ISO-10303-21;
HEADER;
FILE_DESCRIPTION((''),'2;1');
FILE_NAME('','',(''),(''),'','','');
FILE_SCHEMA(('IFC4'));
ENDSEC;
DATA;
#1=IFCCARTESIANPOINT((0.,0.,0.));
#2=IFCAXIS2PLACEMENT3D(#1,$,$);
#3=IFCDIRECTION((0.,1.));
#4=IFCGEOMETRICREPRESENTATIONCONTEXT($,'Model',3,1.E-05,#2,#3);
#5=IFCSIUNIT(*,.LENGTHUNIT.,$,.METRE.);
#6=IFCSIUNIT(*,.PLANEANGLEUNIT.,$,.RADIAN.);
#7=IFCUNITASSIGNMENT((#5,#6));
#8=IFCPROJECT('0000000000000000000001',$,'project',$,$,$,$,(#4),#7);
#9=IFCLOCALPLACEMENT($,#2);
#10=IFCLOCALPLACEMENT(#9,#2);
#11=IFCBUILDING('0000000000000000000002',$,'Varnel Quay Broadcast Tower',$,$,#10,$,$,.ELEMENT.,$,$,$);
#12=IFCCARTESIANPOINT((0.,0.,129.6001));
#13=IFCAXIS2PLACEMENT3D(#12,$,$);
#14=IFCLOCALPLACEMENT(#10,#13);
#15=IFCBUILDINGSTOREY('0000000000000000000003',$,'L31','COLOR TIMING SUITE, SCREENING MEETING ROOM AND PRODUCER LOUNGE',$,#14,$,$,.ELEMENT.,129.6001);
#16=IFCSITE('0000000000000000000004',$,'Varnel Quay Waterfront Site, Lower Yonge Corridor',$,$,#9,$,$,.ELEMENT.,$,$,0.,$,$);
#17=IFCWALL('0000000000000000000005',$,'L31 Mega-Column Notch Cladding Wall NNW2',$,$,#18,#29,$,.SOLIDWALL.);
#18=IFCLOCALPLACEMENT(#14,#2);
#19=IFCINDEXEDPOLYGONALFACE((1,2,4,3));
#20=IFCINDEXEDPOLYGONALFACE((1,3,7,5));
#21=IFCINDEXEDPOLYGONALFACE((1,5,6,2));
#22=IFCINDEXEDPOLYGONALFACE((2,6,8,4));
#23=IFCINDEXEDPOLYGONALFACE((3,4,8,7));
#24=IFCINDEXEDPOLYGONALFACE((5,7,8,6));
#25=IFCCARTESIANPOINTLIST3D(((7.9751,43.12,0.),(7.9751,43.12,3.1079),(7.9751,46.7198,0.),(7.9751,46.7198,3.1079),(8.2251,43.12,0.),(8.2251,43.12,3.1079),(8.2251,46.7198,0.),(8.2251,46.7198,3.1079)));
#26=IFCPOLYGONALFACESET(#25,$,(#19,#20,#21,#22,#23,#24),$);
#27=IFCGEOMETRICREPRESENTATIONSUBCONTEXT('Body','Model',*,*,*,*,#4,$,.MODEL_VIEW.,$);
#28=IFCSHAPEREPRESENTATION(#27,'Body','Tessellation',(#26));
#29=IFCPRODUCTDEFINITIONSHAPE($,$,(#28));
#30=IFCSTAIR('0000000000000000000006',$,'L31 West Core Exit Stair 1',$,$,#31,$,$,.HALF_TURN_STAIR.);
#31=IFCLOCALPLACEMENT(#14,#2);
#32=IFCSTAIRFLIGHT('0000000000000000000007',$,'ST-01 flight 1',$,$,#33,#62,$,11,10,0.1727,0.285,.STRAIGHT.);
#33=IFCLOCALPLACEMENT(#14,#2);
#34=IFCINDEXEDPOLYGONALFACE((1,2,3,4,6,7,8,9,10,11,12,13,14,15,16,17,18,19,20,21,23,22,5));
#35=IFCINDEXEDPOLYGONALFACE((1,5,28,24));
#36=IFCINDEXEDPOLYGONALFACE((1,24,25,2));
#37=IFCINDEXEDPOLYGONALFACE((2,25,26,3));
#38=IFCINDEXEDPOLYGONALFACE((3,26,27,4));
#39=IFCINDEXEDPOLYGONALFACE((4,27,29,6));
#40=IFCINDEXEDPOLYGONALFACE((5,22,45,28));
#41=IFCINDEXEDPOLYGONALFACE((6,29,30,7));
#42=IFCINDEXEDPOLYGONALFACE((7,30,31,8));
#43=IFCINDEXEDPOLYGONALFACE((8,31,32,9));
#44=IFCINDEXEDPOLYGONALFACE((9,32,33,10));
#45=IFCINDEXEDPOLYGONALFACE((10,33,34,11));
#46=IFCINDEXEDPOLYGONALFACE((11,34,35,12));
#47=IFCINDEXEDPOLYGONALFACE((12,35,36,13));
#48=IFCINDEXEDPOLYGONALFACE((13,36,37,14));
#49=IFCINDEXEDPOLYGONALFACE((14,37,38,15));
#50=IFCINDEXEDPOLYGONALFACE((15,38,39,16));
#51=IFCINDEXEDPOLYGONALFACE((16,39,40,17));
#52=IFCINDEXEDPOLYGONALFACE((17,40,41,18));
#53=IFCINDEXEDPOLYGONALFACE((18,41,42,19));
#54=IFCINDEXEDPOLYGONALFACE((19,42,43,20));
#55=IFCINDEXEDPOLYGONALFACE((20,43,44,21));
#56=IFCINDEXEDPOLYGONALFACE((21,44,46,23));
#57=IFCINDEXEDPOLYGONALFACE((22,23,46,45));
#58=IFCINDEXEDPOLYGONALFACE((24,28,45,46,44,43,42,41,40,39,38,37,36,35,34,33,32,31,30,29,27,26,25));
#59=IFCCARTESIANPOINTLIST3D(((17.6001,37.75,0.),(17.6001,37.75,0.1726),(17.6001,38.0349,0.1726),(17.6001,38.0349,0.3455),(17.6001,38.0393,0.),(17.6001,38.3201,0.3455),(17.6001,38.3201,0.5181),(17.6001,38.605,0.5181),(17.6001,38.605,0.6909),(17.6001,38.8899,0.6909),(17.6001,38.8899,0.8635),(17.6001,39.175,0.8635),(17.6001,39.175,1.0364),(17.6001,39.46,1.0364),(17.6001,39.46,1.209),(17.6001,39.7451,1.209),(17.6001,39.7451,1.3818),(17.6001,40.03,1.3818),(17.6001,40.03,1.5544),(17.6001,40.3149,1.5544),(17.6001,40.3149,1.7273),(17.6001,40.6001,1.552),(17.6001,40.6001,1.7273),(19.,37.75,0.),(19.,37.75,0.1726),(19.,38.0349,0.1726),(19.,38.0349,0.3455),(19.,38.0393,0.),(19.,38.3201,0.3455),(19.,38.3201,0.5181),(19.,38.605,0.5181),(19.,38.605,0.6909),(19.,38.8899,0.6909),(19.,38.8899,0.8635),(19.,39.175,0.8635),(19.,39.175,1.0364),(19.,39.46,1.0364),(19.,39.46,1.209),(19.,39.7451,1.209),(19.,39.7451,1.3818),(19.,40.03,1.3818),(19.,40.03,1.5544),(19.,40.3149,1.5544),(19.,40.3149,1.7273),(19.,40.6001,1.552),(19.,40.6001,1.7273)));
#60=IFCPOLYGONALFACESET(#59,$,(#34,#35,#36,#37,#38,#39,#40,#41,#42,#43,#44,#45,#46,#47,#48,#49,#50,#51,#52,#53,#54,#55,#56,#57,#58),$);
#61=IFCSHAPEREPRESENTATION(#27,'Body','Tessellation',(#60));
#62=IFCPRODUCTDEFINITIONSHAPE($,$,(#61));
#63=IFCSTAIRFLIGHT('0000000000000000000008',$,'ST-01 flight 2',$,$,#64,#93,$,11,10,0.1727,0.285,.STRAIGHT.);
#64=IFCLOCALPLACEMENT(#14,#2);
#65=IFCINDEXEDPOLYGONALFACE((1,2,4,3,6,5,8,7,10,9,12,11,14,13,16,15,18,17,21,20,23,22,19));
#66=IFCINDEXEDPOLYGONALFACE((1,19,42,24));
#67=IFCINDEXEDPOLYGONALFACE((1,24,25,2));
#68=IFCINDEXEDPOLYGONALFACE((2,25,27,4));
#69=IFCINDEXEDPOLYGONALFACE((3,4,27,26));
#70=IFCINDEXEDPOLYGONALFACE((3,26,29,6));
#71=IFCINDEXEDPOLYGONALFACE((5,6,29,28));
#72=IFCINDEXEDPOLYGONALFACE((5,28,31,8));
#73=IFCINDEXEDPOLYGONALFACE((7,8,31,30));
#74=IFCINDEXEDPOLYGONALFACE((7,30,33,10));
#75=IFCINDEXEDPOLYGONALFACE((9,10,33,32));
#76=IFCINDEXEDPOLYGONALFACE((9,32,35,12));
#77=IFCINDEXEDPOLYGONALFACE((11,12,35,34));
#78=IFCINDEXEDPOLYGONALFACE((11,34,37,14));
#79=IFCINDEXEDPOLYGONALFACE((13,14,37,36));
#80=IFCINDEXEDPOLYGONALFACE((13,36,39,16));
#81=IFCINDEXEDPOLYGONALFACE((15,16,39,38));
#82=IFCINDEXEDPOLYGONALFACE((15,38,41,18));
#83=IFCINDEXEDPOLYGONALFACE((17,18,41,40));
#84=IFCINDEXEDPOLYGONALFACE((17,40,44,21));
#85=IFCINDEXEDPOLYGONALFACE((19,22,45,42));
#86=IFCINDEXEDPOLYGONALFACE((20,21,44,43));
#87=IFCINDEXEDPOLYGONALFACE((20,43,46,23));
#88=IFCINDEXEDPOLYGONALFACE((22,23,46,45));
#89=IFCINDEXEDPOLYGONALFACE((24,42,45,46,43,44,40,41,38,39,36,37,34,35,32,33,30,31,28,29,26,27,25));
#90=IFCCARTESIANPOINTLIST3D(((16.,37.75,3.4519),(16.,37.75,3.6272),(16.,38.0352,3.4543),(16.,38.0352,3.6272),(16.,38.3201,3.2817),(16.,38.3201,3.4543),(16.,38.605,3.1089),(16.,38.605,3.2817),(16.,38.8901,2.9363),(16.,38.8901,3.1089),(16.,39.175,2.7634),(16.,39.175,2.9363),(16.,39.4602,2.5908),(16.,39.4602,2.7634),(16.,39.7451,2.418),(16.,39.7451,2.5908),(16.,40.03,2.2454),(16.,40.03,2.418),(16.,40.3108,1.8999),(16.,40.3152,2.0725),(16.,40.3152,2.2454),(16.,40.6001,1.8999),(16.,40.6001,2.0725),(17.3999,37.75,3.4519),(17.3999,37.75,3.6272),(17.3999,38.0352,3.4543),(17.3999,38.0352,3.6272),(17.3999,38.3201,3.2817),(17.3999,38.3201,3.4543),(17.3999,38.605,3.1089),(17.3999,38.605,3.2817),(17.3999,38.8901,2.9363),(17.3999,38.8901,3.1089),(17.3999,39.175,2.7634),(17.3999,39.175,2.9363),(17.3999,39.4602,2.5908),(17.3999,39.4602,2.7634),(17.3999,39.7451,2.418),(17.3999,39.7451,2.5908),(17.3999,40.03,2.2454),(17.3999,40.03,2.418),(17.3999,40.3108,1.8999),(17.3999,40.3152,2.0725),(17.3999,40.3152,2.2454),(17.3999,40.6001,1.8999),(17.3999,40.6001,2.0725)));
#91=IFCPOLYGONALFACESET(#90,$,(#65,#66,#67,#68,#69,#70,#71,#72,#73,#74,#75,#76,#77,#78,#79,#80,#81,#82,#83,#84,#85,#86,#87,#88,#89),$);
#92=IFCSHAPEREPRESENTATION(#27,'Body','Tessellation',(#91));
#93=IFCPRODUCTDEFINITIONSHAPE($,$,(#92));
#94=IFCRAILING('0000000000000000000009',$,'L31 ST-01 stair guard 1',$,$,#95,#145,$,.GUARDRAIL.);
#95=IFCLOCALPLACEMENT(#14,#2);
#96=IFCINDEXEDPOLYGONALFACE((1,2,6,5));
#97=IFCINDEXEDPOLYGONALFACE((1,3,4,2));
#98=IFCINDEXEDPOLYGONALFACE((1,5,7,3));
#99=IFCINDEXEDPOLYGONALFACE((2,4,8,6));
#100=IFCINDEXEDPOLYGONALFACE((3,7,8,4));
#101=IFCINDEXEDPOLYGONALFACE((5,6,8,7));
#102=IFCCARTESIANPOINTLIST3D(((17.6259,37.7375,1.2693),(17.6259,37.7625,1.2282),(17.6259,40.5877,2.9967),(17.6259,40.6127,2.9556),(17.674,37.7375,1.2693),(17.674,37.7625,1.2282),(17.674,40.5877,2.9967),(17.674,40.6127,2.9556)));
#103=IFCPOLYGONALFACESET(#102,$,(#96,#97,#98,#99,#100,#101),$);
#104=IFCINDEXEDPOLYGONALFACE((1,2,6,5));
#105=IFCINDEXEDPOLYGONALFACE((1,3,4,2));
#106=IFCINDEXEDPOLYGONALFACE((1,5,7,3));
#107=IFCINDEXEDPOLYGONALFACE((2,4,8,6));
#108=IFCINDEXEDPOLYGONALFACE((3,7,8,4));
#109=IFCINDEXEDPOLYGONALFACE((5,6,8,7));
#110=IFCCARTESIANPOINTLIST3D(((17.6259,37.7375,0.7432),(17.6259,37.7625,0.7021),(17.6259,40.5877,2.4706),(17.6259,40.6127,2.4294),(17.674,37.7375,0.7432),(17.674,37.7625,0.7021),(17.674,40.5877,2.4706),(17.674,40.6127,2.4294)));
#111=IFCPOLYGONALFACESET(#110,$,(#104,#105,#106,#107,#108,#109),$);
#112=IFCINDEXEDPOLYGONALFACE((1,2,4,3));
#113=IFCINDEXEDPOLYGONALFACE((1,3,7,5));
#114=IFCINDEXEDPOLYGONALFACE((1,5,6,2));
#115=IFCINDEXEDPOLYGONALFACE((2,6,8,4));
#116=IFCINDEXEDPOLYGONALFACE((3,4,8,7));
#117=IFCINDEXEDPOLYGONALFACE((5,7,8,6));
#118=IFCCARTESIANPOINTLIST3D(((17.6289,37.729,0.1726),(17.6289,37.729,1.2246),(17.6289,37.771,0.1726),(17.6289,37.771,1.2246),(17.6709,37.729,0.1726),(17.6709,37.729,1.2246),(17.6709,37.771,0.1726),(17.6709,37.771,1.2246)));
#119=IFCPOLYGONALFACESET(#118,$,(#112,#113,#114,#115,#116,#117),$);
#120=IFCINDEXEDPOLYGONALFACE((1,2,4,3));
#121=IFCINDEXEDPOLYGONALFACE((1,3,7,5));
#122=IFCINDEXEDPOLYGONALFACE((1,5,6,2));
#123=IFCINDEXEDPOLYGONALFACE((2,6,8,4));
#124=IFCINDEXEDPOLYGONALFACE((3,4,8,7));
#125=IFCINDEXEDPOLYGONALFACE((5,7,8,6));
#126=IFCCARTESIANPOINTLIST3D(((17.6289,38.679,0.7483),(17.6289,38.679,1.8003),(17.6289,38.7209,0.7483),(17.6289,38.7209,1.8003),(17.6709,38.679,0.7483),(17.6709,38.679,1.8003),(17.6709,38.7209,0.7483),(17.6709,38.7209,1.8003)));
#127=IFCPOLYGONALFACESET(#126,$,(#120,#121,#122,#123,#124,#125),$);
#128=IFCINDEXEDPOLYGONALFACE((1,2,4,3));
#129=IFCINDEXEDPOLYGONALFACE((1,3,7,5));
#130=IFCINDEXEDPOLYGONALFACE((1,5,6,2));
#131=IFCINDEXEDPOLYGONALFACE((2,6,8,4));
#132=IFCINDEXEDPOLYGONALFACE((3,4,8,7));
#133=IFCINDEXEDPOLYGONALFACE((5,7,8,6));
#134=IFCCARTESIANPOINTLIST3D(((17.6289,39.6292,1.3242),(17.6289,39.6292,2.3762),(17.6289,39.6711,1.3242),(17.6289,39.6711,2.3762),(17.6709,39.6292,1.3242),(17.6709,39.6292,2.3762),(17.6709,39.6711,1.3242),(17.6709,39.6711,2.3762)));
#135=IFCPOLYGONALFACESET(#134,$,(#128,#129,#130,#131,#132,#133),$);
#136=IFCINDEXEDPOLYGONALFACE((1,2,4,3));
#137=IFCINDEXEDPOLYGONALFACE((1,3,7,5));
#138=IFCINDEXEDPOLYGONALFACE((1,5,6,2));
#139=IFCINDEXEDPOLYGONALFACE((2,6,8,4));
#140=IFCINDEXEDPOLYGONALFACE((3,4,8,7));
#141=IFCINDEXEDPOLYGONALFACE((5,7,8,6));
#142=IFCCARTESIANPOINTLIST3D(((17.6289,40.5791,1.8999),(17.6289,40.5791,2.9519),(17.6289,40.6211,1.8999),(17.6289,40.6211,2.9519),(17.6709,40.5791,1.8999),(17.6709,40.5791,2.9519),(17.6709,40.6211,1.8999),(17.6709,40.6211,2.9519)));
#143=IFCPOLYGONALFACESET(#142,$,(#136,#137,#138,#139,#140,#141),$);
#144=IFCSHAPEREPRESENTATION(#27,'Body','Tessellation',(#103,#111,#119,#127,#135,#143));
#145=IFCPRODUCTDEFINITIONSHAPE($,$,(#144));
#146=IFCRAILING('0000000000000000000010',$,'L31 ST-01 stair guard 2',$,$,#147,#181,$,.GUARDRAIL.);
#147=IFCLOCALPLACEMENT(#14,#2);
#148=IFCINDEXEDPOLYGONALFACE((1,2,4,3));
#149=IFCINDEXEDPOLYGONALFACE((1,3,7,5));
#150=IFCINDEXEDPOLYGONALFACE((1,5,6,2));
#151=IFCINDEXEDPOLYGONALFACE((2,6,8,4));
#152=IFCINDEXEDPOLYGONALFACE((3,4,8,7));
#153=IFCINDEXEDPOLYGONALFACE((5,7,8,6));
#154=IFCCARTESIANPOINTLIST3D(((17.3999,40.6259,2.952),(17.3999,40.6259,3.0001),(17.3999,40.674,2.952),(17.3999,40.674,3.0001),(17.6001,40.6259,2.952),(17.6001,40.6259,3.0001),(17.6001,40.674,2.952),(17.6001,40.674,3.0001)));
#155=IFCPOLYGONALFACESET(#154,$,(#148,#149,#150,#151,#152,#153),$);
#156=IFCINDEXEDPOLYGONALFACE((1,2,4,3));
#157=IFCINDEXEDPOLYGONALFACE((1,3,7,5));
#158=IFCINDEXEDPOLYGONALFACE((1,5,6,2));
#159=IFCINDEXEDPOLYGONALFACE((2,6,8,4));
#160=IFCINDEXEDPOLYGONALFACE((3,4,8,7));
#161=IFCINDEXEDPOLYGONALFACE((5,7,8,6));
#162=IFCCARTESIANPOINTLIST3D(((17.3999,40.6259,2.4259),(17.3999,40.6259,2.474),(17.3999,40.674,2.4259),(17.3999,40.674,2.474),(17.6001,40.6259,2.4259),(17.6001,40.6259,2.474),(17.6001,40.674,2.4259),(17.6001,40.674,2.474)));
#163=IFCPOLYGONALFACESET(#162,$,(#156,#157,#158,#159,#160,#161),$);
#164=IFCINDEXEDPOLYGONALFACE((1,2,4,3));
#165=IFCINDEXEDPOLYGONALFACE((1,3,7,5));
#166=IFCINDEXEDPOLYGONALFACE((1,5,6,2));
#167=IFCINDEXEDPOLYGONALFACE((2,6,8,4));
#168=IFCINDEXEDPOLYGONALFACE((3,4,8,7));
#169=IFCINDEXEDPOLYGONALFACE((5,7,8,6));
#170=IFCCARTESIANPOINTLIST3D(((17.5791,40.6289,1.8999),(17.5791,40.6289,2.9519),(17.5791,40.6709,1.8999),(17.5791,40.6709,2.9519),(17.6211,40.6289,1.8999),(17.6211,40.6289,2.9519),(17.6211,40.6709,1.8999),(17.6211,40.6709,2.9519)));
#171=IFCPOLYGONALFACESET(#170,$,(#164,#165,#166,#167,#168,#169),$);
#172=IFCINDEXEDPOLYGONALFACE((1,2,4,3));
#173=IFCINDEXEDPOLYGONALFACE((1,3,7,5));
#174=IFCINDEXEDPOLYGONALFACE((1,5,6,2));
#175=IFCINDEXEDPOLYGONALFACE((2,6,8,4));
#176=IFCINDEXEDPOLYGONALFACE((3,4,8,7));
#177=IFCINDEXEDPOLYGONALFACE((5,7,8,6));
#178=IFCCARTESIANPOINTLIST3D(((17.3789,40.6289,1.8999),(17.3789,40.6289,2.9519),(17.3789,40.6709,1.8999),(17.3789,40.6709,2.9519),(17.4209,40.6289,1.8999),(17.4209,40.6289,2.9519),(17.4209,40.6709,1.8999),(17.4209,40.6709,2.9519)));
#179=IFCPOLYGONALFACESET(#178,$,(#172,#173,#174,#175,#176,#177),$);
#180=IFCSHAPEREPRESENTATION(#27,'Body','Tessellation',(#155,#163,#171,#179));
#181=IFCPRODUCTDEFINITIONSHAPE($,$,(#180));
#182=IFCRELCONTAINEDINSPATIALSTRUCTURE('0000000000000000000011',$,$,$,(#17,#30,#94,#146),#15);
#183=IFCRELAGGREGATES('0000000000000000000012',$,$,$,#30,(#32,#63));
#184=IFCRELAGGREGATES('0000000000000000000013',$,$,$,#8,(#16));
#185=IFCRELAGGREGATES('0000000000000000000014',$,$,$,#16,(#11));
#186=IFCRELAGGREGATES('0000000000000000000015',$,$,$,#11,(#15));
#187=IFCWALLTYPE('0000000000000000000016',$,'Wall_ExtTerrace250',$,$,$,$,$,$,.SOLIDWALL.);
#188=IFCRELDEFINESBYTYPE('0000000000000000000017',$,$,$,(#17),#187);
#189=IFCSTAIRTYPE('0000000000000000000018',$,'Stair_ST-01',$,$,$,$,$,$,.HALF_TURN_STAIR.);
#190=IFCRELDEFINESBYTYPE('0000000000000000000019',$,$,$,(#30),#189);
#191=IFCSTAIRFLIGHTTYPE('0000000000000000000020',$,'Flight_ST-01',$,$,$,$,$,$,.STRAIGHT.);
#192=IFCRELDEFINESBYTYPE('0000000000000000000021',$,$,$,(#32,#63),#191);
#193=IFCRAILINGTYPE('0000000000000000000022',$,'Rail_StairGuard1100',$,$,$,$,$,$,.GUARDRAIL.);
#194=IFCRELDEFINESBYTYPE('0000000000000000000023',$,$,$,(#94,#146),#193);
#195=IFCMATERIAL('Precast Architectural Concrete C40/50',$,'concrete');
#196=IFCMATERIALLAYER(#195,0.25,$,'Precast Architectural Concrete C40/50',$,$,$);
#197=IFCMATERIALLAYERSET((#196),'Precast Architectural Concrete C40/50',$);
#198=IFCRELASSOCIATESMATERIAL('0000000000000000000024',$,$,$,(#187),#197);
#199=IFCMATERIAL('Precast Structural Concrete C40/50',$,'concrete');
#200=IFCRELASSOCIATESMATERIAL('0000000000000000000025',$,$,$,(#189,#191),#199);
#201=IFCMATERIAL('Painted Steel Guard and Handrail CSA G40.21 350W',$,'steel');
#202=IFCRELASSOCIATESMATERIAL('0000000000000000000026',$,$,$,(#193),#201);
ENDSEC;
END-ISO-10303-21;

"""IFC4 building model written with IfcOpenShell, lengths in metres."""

from ifc_helpers import new_model, si_unit, direction, frame, frame_2d, origin, origin_2d, place, context, subcontext, project, spatial, polyline, rectangle, outline, extrude, material, layer, layer_set, type_object, element, aggregate, save


model = new_model("IFC4")

# Units and contexts
model_context = context("Model", 3, precision=1e-05, world=origin(), true_north=direction((0.0, 1.0)))
body_context = subcontext(model_context, "Body", "Model", "MODEL_VIEW")
ifc_project = project(units=[si_unit("LENGTHUNIT", "METRE"), si_unit("PLANEANGLEUNIT", "RADIAN")], contexts=[model_context])

# Site, building, storey
site_placement = place(None, origin())
site = spatial("IfcSite", under=ifc_project, at=site_placement, Name="Varnel Quay Waterfront Site, Lower Yonge Corridor", CompositionType="ELEMENT", RefElevation=0.0)
building_placement = place(site_placement, origin())
building = spatial("IfcBuilding", under=site, at=building_placement, Name="Varnel Quay Broadcast Tower", CompositionType="ELEMENT")
storey_placement = place(building_placement, frame((0.0, 0.0, 129.6001)))
storey = spatial("IfcBuildingStorey", under=building, at=storey_placement, Name="L31", Description="COLOR TIMING SUITE, SCREENING MEETING ROOM AND PRODUCER LOUNGE", CompositionType="ELEMENT", Elevation=129.6001)

# Wall
ifc_material_1 = material(Name="Precast Architectural Concrete C40/50", Category="concrete")
ifc_layer_1 = layer(ifc_material_1, 0.25, Name="Precast Architectural Concrete C40/50")
ifc_layer_set_1 = layer_set([ifc_layer_1], Name="Precast Architectural Concrete C40/50")
wall_type_1 = type_object("IfcWallType", Name="Wall_ExtTerrace250", PredefinedType="SOLIDWALL", material=ifc_layer_set_1)
wall_1_placement = place(storey_placement, frame((8.1001, 43.1201, 0.0), z_axis=(0.0, 0.0, 1.0), x_axis=(0.0, 1.0, 0.0)))
element("IfcWall", 1, at=wall_1_placement, inside=storey, type_object=wall_type_1, Name="L31 Mega-Column Notch Cladding Wall NNW2", PredefinedType="SOLIDWALL", context=body_context, shape_type="SweptSolid", body=[
    extrude(rectangle(XDim=3.5999, YDim=0.25, at=frame_2d((1.7998, 0.0))), origin(), (0.0, 0.0, 1.0), 3.1079),
])

# Stair, stair flights
ifc_material_2 = material(Name="Precast Structural Concrete C40/50", Category="concrete")
stair_type = type_object("IfcStairType", Name="Stair_ST-01", PredefinedType="HALF_TURN_STAIR", material=ifc_material_2)
stair_placement = place(storey_placement, origin())
stair = element("IfcStair", 2, at=stair_placement, inside=storey, type_object=stair_type, Name="L31 West Core Exit Stair 1", PredefinedType="HALF_TURN_STAIR")
stair_flight_type = type_object("IfcStairFlightType", Name="Flight_ST-01", PredefinedType="STRAIGHT", material=ifc_material_2)
stair_flight_1_placement = place(storey_placement, frame((18.3, 37.75, 0.0), z_axis=(0.0, 0.0, 1.0), x_axis=(0.0, 1.0, 0.0)))
stair_flight_1 = element("IfcStairFlight", 3, at=stair_flight_1_placement, type_object=stair_flight_type, Name="ST-01 flight 1", NumberOfRisers=11, NumberOfTreads=10, PredefinedType="STRAIGHT", RiserHeight=0.1727, TreadLength=0.285, context=body_context, shape_type="SweptSolid", body=[
    extrude(outline(polyline([(0.0, 0.0), (0.0, 0.1726), (0.2849, 0.1726), (0.2849, 0.3455), (0.5701, 0.3455), (0.5701, 0.5181), (0.855, 0.5181), (0.855, 0.6909), (1.1399, 0.6909), (1.1399, 0.8635), (1.425, 0.8635), (1.425, 1.0364), (1.71, 1.0364), (1.71, 1.209), (1.9951, 1.209), (1.9951, 1.3818), (2.28, 1.3818), (2.28, 1.5544), (2.5649, 1.5544), (2.5649, 1.7273), (2.8501, 1.7273), (2.8501, 1.8999), (2.8501, 1.552), (0.2893, 0.0), (0.0, 0.0)])), frame((0.0, 0.7, 0.0), z_axis=(0.0, -1.0, 0.0), x_axis=(1.0, 0.0, 0.0)), (0.0, 0.0, 1.0), 1.3999),
])
stair_flight_2_placement = place(storey_placement, frame((16.7, 40.6001, 1.8999), z_axis=(0.0, 0.0, 1.0), x_axis=(0.0, -1.0, 0.0)))
stair_flight_2 = element("IfcStairFlight", 4, at=stair_flight_2_placement, type_object=stair_flight_type, Name="ST-01 flight 2", NumberOfRisers=11, NumberOfTreads=10, PredefinedType="STRAIGHT", RiserHeight=0.1727, TreadLength=0.285, context=body_context, shape_type="SweptSolid", body=[
    extrude(outline(polyline([(0.0, 0.0), (0.0, 0.1726), (0.2849, 0.1726), (0.2849, 0.3455), (0.5701, 0.3455), (0.5701, 0.5181), (0.855, 0.5181), (0.855, 0.6909), (1.1399, 0.6909), (1.1399, 0.8635), (1.425, 0.8635), (1.425, 1.0364), (1.71, 1.0364), (1.71, 1.209), (1.9951, 1.209), (1.9951, 1.3818), (2.28, 1.3818), (2.28, 1.5544), (2.5649, 1.5544), (2.5649, 1.7273), (2.8501, 1.7273), (2.8501, 1.8999), (2.8501, 1.552), (0.2893, 0.0), (0.0, 0.0)])), frame((0.0, 0.7, 0.0), z_axis=(0.0, -1.0, 0.0), x_axis=(1.0, 0.0, 0.0)), (0.0, 0.0, 1.0), 1.3999),
])
aggregate(stair, [stair_flight_1, stair_flight_2])

# Railings
ifc_material_3 = material(Name="Painted Steel Guard and Handrail CSA G40.21 350W", Category="steel")
railing_type_1 = type_object("IfcRailingType", Name="Rail_StairGuard1100", PredefinedType="GUARDRAIL", material=ifc_material_3)
railing_1_placement = place(storey_placement, frame((17.6499, 37.75, 0.1726)))
element("IfcRailing", 5, at=railing_1_placement, inside=storey, type_object=railing_type_1, Name="L31 ST-01 stair guard 1", PredefinedType="GUARDRAIL", context=body_context, shape_type="SweptSolid", body=[
    extrude(rectangle(XDim=0.0481, YDim=0.0481, at=origin_2d()), frame((0.0, 0.0, 1.0762), z_axis=(0.0, 0.855203, 0.518294), x_axis=(-1.0, 0.0, 0.0)), (0.0, 0.0, 1.0), 3.3328),
    extrude(rectangle(XDim=0.0481, YDim=0.0481, at=origin_2d()), frame((0.0, 0.0, 0.55), z_axis=(0.0, 0.855203, 0.518294), x_axis=(-1.0, 0.0, 0.0)), (0.0, 0.0, 1.0), 3.3328),
    extrude(rectangle(XDim=0.042, YDim=0.042, at=origin_2d()), origin(), (0.0, 0.0, 1.0), 1.052),
    extrude(rectangle(XDim=0.042, YDim=0.042, at=origin_2d()), frame((0.0, 0.95, 0.5757)), (0.0, 0.0, 1.0), 1.052),
    extrude(rectangle(XDim=0.042, YDim=0.042, at=origin_2d()), frame((0.0, 1.9001, 1.1516)), (0.0, 0.0, 1.0), 1.052),
    extrude(rectangle(XDim=0.042, YDim=0.042, at=origin_2d()), frame((0.0, 2.8501, 1.7273)), (0.0, 0.0, 1.0), 1.052),
])
railing_2_placement = place(storey_placement, frame((17.6001, 40.6499, 1.8999)))
element("IfcRailing", 6, at=railing_2_placement, inside=storey, type_object=railing_type_1, Name="L31 ST-01 stair guard 2", PredefinedType="GUARDRAIL", context=body_context, shape_type="SweptSolid", body=[
    extrude(rectangle(XDim=0.0481, YDim=0.0481, at=origin_2d()), frame((0.0, 0.0, 1.0762), z_axis=(-1.0, 0.0, 0.0), x_axis=(0.0, -1.0, 0.0)), (0.0, 0.0, 1.0), 0.2002),
    extrude(rectangle(XDim=0.0481, YDim=0.0481, at=origin_2d()), frame((0.0, 0.0, 0.55), z_axis=(-1.0, 0.0, 0.0), x_axis=(0.0, -1.0, 0.0)), (0.0, 0.0, 1.0), 0.2002),
    extrude(rectangle(XDim=0.042, YDim=0.042, at=origin_2d()), origin(), (0.0, 0.0, 1.0), 1.052),
    extrude(rectangle(XDim=0.042, YDim=0.042, at=origin_2d()), frame((-0.2002, 0.0, 0.0)), (0.0, 0.0, 1.0), 1.052),
])

save(model, "model.ifc")
